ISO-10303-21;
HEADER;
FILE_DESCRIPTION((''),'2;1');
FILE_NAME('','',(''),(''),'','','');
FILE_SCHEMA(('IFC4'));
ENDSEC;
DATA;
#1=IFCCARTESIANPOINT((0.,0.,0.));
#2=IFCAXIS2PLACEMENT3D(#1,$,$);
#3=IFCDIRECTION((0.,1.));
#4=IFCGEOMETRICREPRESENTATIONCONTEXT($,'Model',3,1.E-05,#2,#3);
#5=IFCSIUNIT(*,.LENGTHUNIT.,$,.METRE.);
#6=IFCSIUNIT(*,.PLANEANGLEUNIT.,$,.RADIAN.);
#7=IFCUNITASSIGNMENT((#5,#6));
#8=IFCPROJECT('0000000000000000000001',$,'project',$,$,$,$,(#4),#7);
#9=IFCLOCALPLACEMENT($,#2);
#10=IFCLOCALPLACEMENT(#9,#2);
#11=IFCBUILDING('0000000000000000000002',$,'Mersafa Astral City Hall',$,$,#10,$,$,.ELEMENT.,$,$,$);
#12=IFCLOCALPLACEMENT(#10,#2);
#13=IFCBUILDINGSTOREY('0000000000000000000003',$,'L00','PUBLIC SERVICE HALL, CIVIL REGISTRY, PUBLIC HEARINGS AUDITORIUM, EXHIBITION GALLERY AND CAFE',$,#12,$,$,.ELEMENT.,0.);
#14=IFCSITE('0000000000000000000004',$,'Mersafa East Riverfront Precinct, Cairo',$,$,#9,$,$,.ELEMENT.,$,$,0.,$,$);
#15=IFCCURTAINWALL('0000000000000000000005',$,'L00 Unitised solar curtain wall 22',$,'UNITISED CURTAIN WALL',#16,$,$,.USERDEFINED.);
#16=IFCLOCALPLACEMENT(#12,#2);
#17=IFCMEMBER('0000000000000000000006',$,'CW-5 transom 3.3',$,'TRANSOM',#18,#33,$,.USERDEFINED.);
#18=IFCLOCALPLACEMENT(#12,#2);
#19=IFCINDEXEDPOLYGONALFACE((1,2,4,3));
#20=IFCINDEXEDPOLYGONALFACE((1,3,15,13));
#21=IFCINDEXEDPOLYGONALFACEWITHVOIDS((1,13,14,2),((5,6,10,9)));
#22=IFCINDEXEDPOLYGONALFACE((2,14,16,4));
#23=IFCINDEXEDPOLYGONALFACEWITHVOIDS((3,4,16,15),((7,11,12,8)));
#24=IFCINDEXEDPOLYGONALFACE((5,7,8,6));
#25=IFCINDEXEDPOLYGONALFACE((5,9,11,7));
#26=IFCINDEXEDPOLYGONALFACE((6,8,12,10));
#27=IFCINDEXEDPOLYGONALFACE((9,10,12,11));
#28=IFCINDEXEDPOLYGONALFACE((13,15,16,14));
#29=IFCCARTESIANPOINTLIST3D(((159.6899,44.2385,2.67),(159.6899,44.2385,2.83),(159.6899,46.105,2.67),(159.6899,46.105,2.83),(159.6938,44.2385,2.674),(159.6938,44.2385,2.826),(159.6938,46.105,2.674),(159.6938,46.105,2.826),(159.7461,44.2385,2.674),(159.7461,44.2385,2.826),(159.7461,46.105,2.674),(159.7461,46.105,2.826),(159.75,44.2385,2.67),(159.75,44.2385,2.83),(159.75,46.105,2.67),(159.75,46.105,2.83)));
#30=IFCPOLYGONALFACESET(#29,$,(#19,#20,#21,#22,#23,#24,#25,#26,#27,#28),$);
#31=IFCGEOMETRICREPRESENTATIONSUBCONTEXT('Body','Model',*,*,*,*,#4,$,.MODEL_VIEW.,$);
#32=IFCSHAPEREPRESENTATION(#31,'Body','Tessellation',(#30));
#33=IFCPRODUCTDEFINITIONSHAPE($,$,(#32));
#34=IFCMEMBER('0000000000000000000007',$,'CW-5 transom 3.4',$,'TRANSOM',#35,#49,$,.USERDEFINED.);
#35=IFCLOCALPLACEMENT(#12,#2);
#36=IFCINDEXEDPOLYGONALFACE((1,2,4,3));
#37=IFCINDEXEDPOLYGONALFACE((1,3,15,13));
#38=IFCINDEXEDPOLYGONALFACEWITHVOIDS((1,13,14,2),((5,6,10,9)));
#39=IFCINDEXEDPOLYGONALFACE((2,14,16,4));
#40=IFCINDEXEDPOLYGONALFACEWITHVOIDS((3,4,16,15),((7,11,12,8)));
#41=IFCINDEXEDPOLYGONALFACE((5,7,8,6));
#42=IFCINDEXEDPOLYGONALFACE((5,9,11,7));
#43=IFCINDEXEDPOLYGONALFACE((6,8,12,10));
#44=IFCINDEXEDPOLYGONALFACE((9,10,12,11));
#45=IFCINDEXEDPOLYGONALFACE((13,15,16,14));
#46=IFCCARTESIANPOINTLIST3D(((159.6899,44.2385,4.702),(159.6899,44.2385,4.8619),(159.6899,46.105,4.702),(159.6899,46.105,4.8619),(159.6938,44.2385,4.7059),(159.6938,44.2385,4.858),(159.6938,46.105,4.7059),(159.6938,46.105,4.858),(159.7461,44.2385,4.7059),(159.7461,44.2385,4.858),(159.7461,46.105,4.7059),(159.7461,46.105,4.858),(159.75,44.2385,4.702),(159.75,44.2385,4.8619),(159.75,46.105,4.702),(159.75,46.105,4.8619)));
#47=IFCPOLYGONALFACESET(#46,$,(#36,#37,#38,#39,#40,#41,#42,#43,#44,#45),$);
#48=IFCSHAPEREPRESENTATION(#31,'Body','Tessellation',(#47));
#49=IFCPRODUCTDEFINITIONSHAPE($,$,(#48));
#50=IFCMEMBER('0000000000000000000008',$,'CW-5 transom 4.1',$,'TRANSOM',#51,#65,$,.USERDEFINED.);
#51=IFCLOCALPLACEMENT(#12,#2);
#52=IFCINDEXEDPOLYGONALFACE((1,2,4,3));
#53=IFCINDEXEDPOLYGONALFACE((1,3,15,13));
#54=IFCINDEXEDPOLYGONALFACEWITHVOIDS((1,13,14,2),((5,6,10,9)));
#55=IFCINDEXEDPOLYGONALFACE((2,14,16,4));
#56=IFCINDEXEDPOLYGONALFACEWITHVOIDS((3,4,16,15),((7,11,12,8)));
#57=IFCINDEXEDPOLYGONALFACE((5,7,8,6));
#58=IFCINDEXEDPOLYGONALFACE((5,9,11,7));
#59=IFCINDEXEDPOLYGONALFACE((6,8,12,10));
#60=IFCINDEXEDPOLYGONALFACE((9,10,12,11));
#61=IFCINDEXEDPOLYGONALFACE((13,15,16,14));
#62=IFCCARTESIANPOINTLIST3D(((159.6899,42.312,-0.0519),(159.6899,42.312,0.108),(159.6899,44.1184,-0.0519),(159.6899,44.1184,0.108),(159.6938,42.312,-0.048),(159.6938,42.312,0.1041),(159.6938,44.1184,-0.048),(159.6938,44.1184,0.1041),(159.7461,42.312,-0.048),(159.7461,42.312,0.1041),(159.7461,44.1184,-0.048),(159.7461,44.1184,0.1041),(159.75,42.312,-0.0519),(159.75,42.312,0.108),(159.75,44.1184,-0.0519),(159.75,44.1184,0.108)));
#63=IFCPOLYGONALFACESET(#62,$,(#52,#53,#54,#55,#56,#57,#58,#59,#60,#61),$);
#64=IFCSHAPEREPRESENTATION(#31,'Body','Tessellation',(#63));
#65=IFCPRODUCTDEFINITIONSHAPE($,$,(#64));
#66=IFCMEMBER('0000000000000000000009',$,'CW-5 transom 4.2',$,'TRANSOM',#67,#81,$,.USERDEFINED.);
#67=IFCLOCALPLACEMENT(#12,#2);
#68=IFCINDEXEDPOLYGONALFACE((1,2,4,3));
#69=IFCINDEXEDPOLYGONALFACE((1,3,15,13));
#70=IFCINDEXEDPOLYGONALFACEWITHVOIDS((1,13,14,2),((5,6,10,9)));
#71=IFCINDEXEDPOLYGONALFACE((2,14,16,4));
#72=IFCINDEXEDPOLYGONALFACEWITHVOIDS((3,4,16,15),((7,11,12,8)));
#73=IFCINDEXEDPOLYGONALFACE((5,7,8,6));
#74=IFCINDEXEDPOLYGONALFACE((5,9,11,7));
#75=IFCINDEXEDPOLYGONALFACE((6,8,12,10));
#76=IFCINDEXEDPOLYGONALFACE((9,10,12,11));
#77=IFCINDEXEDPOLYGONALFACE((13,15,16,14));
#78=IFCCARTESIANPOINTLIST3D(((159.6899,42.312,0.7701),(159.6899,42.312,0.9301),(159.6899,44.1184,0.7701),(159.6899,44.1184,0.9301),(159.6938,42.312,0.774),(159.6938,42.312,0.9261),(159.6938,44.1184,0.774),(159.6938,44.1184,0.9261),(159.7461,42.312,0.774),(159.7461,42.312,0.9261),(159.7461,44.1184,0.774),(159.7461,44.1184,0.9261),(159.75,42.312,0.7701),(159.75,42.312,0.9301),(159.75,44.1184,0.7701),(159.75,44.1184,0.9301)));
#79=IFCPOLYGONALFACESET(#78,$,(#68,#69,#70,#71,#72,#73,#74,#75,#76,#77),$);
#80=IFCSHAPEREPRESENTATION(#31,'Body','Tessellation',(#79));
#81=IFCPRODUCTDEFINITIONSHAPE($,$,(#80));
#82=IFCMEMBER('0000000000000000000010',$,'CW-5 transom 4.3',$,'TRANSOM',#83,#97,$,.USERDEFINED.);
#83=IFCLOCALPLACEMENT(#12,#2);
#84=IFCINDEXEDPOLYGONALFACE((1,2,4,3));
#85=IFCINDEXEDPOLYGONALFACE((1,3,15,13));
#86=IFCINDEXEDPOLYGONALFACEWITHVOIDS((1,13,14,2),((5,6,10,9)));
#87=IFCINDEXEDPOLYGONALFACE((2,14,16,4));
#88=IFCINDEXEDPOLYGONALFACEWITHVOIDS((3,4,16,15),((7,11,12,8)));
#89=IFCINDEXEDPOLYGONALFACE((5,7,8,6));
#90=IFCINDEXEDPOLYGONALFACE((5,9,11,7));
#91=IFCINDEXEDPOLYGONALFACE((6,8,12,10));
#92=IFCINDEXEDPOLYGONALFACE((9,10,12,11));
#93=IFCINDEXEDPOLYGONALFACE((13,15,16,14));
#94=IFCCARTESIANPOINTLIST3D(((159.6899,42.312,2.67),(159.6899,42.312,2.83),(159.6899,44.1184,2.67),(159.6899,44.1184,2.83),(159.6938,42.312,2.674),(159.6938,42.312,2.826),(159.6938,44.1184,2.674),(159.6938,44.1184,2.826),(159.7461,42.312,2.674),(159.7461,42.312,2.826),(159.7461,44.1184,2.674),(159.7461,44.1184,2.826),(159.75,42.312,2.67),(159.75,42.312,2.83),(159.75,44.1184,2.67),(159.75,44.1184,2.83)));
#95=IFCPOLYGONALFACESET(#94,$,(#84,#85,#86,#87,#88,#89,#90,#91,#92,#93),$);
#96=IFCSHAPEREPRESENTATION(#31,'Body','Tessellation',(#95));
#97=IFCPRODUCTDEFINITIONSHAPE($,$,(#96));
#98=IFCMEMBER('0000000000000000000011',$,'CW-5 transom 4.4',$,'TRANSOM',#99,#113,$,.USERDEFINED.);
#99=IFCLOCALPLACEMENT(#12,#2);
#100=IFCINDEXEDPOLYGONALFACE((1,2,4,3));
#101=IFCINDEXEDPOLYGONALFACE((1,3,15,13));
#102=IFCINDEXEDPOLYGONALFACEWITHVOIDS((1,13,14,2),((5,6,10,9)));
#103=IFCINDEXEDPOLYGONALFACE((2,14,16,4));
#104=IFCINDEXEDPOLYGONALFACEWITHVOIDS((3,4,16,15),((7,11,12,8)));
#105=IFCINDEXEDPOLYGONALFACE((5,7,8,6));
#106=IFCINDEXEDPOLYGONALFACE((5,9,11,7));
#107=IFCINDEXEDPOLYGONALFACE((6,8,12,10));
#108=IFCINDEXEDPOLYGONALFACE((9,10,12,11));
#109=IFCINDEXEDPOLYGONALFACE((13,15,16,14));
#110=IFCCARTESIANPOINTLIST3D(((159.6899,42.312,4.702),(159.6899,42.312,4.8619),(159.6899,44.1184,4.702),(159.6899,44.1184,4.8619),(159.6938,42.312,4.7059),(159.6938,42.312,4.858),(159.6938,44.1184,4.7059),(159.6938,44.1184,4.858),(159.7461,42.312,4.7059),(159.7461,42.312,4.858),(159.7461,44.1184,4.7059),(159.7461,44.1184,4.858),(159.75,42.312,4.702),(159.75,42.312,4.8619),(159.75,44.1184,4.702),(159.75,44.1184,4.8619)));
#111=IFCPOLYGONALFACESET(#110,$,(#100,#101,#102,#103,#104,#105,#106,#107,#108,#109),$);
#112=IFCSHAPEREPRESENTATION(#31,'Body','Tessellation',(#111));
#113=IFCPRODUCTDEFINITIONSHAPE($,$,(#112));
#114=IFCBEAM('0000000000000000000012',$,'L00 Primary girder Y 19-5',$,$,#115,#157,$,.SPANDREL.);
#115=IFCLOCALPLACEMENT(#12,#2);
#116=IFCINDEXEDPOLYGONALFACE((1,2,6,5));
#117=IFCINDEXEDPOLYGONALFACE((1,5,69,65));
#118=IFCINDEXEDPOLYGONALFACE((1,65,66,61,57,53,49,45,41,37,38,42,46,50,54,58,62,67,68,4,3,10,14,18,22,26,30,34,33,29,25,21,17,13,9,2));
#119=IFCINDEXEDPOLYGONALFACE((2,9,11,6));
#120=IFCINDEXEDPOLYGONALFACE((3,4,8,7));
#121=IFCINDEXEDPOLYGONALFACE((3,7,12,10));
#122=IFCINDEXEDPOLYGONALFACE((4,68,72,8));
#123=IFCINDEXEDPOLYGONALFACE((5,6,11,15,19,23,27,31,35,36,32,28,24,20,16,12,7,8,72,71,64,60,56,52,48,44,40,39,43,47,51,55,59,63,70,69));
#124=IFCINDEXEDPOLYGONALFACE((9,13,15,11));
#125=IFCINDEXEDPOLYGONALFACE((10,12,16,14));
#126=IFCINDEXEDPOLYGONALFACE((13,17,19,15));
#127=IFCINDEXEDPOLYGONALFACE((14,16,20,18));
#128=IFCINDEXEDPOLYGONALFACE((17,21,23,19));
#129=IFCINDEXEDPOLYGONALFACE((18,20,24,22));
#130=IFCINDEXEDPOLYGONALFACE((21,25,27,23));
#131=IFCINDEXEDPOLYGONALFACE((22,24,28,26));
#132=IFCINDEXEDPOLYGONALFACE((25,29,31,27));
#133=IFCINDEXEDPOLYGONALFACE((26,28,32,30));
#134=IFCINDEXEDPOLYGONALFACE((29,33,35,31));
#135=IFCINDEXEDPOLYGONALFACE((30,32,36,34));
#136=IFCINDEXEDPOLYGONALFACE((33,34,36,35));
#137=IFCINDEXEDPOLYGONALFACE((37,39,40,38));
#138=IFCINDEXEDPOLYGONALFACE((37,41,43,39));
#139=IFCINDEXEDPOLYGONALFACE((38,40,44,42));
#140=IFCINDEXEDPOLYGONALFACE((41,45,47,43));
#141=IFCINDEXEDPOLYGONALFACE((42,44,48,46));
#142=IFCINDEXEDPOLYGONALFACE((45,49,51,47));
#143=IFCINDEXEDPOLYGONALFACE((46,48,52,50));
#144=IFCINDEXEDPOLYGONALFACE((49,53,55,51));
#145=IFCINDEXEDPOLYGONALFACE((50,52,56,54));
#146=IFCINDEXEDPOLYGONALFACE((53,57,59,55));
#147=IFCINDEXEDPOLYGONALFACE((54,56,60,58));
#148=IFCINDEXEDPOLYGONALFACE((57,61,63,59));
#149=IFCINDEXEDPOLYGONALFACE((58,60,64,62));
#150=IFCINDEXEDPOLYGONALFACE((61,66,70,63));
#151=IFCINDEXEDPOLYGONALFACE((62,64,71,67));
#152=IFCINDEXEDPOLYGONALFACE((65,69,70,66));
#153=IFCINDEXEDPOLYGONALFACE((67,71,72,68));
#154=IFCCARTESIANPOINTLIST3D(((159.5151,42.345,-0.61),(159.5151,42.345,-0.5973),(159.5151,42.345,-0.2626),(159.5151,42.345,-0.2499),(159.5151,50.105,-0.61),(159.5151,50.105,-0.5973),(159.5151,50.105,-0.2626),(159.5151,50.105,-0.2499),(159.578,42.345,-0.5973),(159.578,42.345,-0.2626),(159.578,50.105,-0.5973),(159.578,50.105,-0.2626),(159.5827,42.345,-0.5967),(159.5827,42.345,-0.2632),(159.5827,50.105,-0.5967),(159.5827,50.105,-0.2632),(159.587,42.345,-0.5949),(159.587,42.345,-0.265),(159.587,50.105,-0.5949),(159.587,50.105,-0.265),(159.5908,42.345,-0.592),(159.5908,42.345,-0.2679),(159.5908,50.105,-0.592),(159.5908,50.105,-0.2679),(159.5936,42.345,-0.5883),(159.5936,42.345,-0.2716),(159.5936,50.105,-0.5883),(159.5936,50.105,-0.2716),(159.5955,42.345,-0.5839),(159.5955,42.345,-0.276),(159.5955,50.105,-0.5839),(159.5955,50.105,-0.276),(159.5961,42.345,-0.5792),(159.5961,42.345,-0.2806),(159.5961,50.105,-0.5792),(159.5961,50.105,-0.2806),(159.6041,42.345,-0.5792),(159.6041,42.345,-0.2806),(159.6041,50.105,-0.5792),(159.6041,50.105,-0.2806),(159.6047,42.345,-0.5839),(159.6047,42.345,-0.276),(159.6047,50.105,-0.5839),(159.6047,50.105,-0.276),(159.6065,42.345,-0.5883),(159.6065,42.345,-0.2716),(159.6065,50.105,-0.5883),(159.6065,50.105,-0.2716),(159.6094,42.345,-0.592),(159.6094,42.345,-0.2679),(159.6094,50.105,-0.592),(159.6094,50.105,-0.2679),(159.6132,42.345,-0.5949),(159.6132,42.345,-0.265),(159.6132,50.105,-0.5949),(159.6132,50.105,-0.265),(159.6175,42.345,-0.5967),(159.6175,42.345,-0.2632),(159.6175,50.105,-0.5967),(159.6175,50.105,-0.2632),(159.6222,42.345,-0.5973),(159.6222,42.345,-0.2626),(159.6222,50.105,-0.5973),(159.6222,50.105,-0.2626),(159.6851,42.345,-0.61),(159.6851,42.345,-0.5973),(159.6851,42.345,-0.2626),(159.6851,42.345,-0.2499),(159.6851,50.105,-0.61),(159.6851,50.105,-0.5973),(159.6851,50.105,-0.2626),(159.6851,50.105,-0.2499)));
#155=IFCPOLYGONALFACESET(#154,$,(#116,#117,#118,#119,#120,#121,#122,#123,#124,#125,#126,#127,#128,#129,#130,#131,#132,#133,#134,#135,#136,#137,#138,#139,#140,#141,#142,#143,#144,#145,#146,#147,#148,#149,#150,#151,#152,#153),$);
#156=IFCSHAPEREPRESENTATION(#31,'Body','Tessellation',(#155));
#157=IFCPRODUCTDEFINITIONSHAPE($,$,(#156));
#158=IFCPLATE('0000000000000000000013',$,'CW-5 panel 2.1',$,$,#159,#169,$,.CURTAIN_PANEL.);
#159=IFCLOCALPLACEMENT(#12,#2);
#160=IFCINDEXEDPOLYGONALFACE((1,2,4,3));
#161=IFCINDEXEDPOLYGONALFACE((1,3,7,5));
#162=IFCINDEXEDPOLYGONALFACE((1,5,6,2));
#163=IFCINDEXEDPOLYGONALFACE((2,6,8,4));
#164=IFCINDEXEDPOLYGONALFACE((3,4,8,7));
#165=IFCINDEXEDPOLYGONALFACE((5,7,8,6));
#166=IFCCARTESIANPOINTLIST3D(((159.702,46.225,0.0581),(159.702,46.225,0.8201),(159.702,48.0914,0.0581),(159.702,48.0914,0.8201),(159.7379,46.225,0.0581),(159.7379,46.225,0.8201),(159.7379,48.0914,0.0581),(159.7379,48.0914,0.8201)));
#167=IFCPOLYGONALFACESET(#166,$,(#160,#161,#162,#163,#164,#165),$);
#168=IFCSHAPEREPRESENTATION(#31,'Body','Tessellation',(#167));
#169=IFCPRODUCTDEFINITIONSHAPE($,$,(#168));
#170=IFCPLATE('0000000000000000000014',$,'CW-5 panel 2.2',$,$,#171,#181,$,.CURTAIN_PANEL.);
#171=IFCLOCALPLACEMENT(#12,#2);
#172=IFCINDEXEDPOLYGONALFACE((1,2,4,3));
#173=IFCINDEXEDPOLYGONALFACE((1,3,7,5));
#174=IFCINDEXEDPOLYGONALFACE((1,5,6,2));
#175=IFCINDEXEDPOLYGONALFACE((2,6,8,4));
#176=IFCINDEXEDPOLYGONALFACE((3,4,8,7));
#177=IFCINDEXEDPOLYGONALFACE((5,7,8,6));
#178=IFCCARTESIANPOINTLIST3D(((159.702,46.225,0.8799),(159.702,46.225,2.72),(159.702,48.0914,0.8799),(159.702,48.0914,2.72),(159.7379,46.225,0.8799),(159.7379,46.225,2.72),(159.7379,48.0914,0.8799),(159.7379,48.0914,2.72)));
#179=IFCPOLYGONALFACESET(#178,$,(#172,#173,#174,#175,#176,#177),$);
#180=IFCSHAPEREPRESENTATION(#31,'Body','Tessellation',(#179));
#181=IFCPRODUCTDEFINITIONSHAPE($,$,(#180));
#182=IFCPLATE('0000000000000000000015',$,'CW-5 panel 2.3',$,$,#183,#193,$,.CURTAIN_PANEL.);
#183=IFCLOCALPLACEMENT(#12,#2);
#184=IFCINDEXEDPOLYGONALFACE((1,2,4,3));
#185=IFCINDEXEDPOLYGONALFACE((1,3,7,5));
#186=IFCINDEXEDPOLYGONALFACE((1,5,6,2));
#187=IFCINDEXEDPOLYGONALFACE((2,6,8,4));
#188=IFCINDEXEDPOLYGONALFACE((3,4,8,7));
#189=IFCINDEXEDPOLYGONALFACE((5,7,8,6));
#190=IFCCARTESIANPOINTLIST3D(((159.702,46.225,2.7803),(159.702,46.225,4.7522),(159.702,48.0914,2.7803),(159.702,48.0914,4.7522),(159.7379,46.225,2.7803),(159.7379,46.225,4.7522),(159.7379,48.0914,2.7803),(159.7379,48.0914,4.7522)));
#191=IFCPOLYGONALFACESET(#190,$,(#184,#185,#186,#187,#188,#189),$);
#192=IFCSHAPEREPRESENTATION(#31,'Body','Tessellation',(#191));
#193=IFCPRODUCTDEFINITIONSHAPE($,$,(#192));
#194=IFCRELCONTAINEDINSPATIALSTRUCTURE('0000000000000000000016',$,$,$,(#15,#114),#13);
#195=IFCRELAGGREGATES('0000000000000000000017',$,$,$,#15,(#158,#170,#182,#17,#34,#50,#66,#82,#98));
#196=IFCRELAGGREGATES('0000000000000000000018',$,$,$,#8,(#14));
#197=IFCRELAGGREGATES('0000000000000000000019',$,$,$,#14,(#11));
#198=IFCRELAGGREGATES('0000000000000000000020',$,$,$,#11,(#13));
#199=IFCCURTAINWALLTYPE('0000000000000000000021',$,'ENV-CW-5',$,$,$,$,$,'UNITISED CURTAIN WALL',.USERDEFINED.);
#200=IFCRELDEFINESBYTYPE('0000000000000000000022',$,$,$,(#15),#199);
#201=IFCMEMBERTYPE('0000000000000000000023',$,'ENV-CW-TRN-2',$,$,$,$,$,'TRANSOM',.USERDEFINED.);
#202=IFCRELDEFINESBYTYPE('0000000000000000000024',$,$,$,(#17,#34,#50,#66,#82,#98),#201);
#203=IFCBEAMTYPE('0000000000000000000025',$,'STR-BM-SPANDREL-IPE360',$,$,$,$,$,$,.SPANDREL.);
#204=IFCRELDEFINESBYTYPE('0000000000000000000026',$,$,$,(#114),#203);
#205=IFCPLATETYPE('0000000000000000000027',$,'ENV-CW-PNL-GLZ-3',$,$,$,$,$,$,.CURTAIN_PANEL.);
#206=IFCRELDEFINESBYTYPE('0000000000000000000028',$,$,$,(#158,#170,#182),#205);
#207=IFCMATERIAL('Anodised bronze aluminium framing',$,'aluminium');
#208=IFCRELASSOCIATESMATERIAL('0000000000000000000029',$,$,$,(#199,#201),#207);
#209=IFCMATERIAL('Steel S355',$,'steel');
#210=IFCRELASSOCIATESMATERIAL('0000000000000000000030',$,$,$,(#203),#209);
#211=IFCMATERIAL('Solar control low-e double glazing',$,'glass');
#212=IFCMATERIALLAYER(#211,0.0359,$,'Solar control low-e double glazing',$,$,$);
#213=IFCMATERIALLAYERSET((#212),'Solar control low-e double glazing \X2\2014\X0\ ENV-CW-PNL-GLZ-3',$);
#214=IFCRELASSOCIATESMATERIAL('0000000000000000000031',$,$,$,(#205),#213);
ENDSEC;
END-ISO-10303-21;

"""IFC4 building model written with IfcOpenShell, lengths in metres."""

from ifc_helpers import new_model, si_unit, direction, frame, origin, origin_2d, place, context, subcontext, project, spatial, rectangle, hollow_rectangle, i_section, extrude, material, layer, layer_set, material_profile, profile_set, type_object, element, aggregate, save


model = new_model("IFC4")

# Units and contexts
model_context = context("Model", 3, precision=1e-05, world=origin(), true_north=direction((0.0, 1.0)))
body_context = subcontext(model_context, "Body", "Model", "MODEL_VIEW")
ifc_project = project(units=[si_unit("LENGTHUNIT", "METRE"), si_unit("PLANEANGLEUNIT", "RADIAN")], contexts=[model_context])

# Site, building, storey
site_placement = place(None, origin())
site = spatial("IfcSite", under=ifc_project, at=site_placement, Name="Mersafa East Riverfront Precinct, Cairo", CompositionType="ELEMENT", RefElevation=0.0)
building_placement = place(site_placement, origin())
building = spatial("IfcBuilding", under=site, at=building_placement, Name="Mersafa Astral City Hall", CompositionType="ELEMENT")
storey_placement = place(building_placement, origin())
storey = spatial("IfcBuildingStorey", under=building, at=storey_placement, Name="L00", Description="PUBLIC SERVICE HALL, CIVIL REGISTRY, PUBLIC HEARINGS AUDITORIUM, EXHIBITION GALLERY AND CAFE", CompositionType="ELEMENT", Elevation=0.0)

# Shared definitions
ifc_material_1 = material(Name="Steel S355", Category="steel")

# Curtain wall, members
ifc_material_2 = material(Name="Anodised bronze aluminium framing", Category="aluminium")
curtain_wall_type = type_object("IfcCurtainWallType", Name="ENV-CW-5", ElementType="UNITISED CURTAIN WALL", PredefinedType="USERDEFINED", material=ifc_material_2)
curtain_wall_placement = place(storey_placement, origin())
curtain_wall = element("IfcCurtainWall", 1, at=curtain_wall_placement, inside=storey, type_object=curtain_wall_type, Name="L00 Unitised solar curtain wall 22", ObjectType="UNITISED CURTAIN WALL", PredefinedType="USERDEFINED")
ifc_material_profile_1 = material_profile(ifc_material_2, hollow_rectangle(XDim=0.0601, YDim=0.1599, WallThickness=0.0039, at=origin_2d()), Name="RHS 60x160x4")
ifc_profile_set_1 = profile_set([ifc_material_profile_1], Name="Anodised bronze aluminium framing")
member_type_1 = type_object("IfcMemberType", Name="ENV-CW-TRN-2", ElementType="TRANSOM", PredefinedType="USERDEFINED", material=ifc_profile_set_1)
member_1_placement = place(storey_placement, frame((159.72, 46.105, 2.75), z_axis=(0.0, -1.0, 0.0), x_axis=(1.0, 0.0, 0.0)))
member_1 = element("IfcMember", 2, at=member_1_placement, type_object=member_type_1, Name="CW-5 transom 3.3", ObjectType="TRANSOM", PredefinedType="USERDEFINED", context=body_context, shape_type="SweptSolid", body=[
    extrude(hollow_rectangle(XDim=0.0601, YDim=0.1599, WallThickness=0.0039, at=origin_2d()), origin(), (0.0, 0.0, 1.0), 1.8665),
])
member_2_placement = place(storey_placement, frame((159.72, 46.105, 4.782), z_axis=(0.0, -1.0, 0.0), x_axis=(1.0, 0.0, 0.0)))
member_2 = element("IfcMember", 3, at=member_2_placement, type_object=member_type_1, Name="CW-5 transom 3.4", ObjectType="TRANSOM", PredefinedType="USERDEFINED", context=body_context, shape_type="SweptSolid", body=[
    extrude(hollow_rectangle(XDim=0.0601, YDim=0.1599, WallThickness=0.0039, at=origin_2d()), origin(), (0.0, 0.0, 1.0), 1.8665),
])
member_3_placement = place(storey_placement, frame((159.72, 44.1184, 0.0281), z_axis=(0.0, -1.0, 0.0), x_axis=(1.0, 0.0, 0.0)))
member_3 = element("IfcMember", 4, at=member_3_placement, type_object=member_type_1, Name="CW-5 transom 4.1", ObjectType="TRANSOM", PredefinedType="USERDEFINED", context=body_context, shape_type="SweptSolid", body=[
    extrude(hollow_rectangle(XDim=0.0601, YDim=0.1599, WallThickness=0.0039, at=origin_2d()), origin(), (0.0, 0.0, 1.0), 1.8064),
])
member_4_placement = place(storey_placement, frame((159.72, 44.1184, 0.8501), z_axis=(0.0, -1.0, 0.0), x_axis=(1.0, 0.0, 0.0)))
member_4 = element("IfcMember", 5, at=member_4_placement, type_object=member_type_1, Name="CW-5 transom 4.2", ObjectType="TRANSOM", PredefinedType="USERDEFINED", context=body_context, shape_type="SweptSolid", body=[
    extrude(hollow_rectangle(XDim=0.0601, YDim=0.1599, WallThickness=0.0039, at=origin_2d()), origin(), (0.0, 0.0, 1.0), 1.8064),
])
member_5_placement = place(storey_placement, frame((159.72, 44.1184, 2.75), z_axis=(0.0, -1.0, 0.0), x_axis=(1.0, 0.0, 0.0)))
member_5 = element("IfcMember", 6, at=member_5_placement, type_object=member_type_1, Name="CW-5 transom 4.3", ObjectType="TRANSOM", PredefinedType="USERDEFINED", context=body_context, shape_type="SweptSolid", body=[
    extrude(hollow_rectangle(XDim=0.0601, YDim=0.1599, WallThickness=0.0039, at=origin_2d()), origin(), (0.0, 0.0, 1.0), 1.8064),
])
member_6_placement = place(storey_placement, frame((159.72, 44.1184, 4.782), z_axis=(0.0, -1.0, 0.0), x_axis=(1.0, 0.0, 0.0)))
member_6 = element("IfcMember", 7, at=member_6_placement, type_object=member_type_1, Name="CW-5 transom 4.4", ObjectType="TRANSOM", PredefinedType="USERDEFINED", context=body_context, shape_type="SweptSolid", body=[
    extrude(hollow_rectangle(XDim=0.0601, YDim=0.1599, WallThickness=0.0039, at=origin_2d()), origin(), (0.0, 0.0, 1.0), 1.8064),
])

# Beam
ifc_material_profile_2 = material_profile(ifc_material_1, i_section(OverallWidth=0.1699, OverallDepth=0.3601, WebThickness=0.0081, FlangeThickness=0.0127, FilletRadius=0.0181, at=origin_2d()), Name="IPE 360")
ifc_profile_set_2 = profile_set([ifc_material_profile_2], Name="Steel S355")
beam_type = type_object("IfcBeamType", Name="STR-BM-SPANDREL-IPE360", PredefinedType="SPANDREL", material=ifc_profile_set_2)
beam_placement = place(storey_placement, frame((159.6001, 42.345, -0.4299), z_axis=(0.0, 1.0, 0.0), x_axis=(-1.0, 0.0, 0.0)))
element("IfcBeam", 8, at=beam_placement, inside=storey, type_object=beam_type, Name="L00 Primary girder Y 19-5", PredefinedType="SPANDREL", context=body_context, shape_type="SweptSolid", body=[
    extrude(i_section(OverallWidth=0.1699, OverallDepth=0.3601, WebThickness=0.0081, FlangeThickness=0.0127, FilletRadius=0.0181, at=origin_2d()), origin(), (0.0, 0.0, 1.0), 7.76),
])

# Plates
ifc_material_3 = material(Name="Solar control low-e double glazing", Category="glass")
ifc_layer = layer(ifc_material_3, 0.0359, Name="Solar control low-e double glazing")
ifc_layer_set = layer_set([ifc_layer], Name="Solar control low-e double glazing — ENV-CW-PNL-GLZ-3")
plate_type = type_object("IfcPlateType", Name="ENV-CW-PNL-GLZ-3", PredefinedType="CURTAIN_PANEL", material=ifc_layer_set)
plate_1_placement = place(storey_placement, frame((159.72, 47.1582, 0.0581), z_axis=(0.0, 0.0, 1.0), x_axis=(0.0, -1.0, 0.0)))
plate_1 = element("IfcPlate", 9, at=plate_1_placement, type_object=plate_type, Name="CW-5 panel 2.1", PredefinedType="CURTAIN_PANEL", context=body_context, shape_type="SweptSolid", body=[
    extrude(rectangle(XDim=1.8665, YDim=0.0359, at=origin_2d()), origin(), (0.0, 0.0, 1.0), 0.762),
])
plate_2_placement = place(storey_placement, frame((159.72, 47.1582, 0.8799), z_axis=(0.0, 0.0, 1.0), x_axis=(0.0, -1.0, 0.0)))
plate_2 = element("IfcPlate", 10, at=plate_2_placement, type_object=plate_type, Name="CW-5 panel 2.2", PredefinedType="CURTAIN_PANEL", context=body_context, shape_type="SweptSolid", body=[
    extrude(rectangle(XDim=1.8665, YDim=0.0359, at=origin_2d()), origin(), (0.0, 0.0, 1.0), 1.8401),
])
plate_3_placement = place(storey_placement, frame((159.72, 47.1582, 2.7803), z_axis=(0.0, 0.0, 1.0), x_axis=(0.0, -1.0, 0.0)))
plate_3 = element("IfcPlate", 11, at=plate_3_placement, type_object=plate_type, Name="CW-5 panel 2.3", PredefinedType="CURTAIN_PANEL", context=body_context, shape_type="SweptSolid", body=[
    extrude(rectangle(XDim=1.8665, YDim=0.0359, at=origin_2d()), origin(), (0.0, 0.0, 1.0), 1.9719),
])
aggregate(curtain_wall, [plate_1, plate_2, plate_3, member_1, member_2, member_3, member_4, member_5, member_6])

save(model, "model.ifc")
